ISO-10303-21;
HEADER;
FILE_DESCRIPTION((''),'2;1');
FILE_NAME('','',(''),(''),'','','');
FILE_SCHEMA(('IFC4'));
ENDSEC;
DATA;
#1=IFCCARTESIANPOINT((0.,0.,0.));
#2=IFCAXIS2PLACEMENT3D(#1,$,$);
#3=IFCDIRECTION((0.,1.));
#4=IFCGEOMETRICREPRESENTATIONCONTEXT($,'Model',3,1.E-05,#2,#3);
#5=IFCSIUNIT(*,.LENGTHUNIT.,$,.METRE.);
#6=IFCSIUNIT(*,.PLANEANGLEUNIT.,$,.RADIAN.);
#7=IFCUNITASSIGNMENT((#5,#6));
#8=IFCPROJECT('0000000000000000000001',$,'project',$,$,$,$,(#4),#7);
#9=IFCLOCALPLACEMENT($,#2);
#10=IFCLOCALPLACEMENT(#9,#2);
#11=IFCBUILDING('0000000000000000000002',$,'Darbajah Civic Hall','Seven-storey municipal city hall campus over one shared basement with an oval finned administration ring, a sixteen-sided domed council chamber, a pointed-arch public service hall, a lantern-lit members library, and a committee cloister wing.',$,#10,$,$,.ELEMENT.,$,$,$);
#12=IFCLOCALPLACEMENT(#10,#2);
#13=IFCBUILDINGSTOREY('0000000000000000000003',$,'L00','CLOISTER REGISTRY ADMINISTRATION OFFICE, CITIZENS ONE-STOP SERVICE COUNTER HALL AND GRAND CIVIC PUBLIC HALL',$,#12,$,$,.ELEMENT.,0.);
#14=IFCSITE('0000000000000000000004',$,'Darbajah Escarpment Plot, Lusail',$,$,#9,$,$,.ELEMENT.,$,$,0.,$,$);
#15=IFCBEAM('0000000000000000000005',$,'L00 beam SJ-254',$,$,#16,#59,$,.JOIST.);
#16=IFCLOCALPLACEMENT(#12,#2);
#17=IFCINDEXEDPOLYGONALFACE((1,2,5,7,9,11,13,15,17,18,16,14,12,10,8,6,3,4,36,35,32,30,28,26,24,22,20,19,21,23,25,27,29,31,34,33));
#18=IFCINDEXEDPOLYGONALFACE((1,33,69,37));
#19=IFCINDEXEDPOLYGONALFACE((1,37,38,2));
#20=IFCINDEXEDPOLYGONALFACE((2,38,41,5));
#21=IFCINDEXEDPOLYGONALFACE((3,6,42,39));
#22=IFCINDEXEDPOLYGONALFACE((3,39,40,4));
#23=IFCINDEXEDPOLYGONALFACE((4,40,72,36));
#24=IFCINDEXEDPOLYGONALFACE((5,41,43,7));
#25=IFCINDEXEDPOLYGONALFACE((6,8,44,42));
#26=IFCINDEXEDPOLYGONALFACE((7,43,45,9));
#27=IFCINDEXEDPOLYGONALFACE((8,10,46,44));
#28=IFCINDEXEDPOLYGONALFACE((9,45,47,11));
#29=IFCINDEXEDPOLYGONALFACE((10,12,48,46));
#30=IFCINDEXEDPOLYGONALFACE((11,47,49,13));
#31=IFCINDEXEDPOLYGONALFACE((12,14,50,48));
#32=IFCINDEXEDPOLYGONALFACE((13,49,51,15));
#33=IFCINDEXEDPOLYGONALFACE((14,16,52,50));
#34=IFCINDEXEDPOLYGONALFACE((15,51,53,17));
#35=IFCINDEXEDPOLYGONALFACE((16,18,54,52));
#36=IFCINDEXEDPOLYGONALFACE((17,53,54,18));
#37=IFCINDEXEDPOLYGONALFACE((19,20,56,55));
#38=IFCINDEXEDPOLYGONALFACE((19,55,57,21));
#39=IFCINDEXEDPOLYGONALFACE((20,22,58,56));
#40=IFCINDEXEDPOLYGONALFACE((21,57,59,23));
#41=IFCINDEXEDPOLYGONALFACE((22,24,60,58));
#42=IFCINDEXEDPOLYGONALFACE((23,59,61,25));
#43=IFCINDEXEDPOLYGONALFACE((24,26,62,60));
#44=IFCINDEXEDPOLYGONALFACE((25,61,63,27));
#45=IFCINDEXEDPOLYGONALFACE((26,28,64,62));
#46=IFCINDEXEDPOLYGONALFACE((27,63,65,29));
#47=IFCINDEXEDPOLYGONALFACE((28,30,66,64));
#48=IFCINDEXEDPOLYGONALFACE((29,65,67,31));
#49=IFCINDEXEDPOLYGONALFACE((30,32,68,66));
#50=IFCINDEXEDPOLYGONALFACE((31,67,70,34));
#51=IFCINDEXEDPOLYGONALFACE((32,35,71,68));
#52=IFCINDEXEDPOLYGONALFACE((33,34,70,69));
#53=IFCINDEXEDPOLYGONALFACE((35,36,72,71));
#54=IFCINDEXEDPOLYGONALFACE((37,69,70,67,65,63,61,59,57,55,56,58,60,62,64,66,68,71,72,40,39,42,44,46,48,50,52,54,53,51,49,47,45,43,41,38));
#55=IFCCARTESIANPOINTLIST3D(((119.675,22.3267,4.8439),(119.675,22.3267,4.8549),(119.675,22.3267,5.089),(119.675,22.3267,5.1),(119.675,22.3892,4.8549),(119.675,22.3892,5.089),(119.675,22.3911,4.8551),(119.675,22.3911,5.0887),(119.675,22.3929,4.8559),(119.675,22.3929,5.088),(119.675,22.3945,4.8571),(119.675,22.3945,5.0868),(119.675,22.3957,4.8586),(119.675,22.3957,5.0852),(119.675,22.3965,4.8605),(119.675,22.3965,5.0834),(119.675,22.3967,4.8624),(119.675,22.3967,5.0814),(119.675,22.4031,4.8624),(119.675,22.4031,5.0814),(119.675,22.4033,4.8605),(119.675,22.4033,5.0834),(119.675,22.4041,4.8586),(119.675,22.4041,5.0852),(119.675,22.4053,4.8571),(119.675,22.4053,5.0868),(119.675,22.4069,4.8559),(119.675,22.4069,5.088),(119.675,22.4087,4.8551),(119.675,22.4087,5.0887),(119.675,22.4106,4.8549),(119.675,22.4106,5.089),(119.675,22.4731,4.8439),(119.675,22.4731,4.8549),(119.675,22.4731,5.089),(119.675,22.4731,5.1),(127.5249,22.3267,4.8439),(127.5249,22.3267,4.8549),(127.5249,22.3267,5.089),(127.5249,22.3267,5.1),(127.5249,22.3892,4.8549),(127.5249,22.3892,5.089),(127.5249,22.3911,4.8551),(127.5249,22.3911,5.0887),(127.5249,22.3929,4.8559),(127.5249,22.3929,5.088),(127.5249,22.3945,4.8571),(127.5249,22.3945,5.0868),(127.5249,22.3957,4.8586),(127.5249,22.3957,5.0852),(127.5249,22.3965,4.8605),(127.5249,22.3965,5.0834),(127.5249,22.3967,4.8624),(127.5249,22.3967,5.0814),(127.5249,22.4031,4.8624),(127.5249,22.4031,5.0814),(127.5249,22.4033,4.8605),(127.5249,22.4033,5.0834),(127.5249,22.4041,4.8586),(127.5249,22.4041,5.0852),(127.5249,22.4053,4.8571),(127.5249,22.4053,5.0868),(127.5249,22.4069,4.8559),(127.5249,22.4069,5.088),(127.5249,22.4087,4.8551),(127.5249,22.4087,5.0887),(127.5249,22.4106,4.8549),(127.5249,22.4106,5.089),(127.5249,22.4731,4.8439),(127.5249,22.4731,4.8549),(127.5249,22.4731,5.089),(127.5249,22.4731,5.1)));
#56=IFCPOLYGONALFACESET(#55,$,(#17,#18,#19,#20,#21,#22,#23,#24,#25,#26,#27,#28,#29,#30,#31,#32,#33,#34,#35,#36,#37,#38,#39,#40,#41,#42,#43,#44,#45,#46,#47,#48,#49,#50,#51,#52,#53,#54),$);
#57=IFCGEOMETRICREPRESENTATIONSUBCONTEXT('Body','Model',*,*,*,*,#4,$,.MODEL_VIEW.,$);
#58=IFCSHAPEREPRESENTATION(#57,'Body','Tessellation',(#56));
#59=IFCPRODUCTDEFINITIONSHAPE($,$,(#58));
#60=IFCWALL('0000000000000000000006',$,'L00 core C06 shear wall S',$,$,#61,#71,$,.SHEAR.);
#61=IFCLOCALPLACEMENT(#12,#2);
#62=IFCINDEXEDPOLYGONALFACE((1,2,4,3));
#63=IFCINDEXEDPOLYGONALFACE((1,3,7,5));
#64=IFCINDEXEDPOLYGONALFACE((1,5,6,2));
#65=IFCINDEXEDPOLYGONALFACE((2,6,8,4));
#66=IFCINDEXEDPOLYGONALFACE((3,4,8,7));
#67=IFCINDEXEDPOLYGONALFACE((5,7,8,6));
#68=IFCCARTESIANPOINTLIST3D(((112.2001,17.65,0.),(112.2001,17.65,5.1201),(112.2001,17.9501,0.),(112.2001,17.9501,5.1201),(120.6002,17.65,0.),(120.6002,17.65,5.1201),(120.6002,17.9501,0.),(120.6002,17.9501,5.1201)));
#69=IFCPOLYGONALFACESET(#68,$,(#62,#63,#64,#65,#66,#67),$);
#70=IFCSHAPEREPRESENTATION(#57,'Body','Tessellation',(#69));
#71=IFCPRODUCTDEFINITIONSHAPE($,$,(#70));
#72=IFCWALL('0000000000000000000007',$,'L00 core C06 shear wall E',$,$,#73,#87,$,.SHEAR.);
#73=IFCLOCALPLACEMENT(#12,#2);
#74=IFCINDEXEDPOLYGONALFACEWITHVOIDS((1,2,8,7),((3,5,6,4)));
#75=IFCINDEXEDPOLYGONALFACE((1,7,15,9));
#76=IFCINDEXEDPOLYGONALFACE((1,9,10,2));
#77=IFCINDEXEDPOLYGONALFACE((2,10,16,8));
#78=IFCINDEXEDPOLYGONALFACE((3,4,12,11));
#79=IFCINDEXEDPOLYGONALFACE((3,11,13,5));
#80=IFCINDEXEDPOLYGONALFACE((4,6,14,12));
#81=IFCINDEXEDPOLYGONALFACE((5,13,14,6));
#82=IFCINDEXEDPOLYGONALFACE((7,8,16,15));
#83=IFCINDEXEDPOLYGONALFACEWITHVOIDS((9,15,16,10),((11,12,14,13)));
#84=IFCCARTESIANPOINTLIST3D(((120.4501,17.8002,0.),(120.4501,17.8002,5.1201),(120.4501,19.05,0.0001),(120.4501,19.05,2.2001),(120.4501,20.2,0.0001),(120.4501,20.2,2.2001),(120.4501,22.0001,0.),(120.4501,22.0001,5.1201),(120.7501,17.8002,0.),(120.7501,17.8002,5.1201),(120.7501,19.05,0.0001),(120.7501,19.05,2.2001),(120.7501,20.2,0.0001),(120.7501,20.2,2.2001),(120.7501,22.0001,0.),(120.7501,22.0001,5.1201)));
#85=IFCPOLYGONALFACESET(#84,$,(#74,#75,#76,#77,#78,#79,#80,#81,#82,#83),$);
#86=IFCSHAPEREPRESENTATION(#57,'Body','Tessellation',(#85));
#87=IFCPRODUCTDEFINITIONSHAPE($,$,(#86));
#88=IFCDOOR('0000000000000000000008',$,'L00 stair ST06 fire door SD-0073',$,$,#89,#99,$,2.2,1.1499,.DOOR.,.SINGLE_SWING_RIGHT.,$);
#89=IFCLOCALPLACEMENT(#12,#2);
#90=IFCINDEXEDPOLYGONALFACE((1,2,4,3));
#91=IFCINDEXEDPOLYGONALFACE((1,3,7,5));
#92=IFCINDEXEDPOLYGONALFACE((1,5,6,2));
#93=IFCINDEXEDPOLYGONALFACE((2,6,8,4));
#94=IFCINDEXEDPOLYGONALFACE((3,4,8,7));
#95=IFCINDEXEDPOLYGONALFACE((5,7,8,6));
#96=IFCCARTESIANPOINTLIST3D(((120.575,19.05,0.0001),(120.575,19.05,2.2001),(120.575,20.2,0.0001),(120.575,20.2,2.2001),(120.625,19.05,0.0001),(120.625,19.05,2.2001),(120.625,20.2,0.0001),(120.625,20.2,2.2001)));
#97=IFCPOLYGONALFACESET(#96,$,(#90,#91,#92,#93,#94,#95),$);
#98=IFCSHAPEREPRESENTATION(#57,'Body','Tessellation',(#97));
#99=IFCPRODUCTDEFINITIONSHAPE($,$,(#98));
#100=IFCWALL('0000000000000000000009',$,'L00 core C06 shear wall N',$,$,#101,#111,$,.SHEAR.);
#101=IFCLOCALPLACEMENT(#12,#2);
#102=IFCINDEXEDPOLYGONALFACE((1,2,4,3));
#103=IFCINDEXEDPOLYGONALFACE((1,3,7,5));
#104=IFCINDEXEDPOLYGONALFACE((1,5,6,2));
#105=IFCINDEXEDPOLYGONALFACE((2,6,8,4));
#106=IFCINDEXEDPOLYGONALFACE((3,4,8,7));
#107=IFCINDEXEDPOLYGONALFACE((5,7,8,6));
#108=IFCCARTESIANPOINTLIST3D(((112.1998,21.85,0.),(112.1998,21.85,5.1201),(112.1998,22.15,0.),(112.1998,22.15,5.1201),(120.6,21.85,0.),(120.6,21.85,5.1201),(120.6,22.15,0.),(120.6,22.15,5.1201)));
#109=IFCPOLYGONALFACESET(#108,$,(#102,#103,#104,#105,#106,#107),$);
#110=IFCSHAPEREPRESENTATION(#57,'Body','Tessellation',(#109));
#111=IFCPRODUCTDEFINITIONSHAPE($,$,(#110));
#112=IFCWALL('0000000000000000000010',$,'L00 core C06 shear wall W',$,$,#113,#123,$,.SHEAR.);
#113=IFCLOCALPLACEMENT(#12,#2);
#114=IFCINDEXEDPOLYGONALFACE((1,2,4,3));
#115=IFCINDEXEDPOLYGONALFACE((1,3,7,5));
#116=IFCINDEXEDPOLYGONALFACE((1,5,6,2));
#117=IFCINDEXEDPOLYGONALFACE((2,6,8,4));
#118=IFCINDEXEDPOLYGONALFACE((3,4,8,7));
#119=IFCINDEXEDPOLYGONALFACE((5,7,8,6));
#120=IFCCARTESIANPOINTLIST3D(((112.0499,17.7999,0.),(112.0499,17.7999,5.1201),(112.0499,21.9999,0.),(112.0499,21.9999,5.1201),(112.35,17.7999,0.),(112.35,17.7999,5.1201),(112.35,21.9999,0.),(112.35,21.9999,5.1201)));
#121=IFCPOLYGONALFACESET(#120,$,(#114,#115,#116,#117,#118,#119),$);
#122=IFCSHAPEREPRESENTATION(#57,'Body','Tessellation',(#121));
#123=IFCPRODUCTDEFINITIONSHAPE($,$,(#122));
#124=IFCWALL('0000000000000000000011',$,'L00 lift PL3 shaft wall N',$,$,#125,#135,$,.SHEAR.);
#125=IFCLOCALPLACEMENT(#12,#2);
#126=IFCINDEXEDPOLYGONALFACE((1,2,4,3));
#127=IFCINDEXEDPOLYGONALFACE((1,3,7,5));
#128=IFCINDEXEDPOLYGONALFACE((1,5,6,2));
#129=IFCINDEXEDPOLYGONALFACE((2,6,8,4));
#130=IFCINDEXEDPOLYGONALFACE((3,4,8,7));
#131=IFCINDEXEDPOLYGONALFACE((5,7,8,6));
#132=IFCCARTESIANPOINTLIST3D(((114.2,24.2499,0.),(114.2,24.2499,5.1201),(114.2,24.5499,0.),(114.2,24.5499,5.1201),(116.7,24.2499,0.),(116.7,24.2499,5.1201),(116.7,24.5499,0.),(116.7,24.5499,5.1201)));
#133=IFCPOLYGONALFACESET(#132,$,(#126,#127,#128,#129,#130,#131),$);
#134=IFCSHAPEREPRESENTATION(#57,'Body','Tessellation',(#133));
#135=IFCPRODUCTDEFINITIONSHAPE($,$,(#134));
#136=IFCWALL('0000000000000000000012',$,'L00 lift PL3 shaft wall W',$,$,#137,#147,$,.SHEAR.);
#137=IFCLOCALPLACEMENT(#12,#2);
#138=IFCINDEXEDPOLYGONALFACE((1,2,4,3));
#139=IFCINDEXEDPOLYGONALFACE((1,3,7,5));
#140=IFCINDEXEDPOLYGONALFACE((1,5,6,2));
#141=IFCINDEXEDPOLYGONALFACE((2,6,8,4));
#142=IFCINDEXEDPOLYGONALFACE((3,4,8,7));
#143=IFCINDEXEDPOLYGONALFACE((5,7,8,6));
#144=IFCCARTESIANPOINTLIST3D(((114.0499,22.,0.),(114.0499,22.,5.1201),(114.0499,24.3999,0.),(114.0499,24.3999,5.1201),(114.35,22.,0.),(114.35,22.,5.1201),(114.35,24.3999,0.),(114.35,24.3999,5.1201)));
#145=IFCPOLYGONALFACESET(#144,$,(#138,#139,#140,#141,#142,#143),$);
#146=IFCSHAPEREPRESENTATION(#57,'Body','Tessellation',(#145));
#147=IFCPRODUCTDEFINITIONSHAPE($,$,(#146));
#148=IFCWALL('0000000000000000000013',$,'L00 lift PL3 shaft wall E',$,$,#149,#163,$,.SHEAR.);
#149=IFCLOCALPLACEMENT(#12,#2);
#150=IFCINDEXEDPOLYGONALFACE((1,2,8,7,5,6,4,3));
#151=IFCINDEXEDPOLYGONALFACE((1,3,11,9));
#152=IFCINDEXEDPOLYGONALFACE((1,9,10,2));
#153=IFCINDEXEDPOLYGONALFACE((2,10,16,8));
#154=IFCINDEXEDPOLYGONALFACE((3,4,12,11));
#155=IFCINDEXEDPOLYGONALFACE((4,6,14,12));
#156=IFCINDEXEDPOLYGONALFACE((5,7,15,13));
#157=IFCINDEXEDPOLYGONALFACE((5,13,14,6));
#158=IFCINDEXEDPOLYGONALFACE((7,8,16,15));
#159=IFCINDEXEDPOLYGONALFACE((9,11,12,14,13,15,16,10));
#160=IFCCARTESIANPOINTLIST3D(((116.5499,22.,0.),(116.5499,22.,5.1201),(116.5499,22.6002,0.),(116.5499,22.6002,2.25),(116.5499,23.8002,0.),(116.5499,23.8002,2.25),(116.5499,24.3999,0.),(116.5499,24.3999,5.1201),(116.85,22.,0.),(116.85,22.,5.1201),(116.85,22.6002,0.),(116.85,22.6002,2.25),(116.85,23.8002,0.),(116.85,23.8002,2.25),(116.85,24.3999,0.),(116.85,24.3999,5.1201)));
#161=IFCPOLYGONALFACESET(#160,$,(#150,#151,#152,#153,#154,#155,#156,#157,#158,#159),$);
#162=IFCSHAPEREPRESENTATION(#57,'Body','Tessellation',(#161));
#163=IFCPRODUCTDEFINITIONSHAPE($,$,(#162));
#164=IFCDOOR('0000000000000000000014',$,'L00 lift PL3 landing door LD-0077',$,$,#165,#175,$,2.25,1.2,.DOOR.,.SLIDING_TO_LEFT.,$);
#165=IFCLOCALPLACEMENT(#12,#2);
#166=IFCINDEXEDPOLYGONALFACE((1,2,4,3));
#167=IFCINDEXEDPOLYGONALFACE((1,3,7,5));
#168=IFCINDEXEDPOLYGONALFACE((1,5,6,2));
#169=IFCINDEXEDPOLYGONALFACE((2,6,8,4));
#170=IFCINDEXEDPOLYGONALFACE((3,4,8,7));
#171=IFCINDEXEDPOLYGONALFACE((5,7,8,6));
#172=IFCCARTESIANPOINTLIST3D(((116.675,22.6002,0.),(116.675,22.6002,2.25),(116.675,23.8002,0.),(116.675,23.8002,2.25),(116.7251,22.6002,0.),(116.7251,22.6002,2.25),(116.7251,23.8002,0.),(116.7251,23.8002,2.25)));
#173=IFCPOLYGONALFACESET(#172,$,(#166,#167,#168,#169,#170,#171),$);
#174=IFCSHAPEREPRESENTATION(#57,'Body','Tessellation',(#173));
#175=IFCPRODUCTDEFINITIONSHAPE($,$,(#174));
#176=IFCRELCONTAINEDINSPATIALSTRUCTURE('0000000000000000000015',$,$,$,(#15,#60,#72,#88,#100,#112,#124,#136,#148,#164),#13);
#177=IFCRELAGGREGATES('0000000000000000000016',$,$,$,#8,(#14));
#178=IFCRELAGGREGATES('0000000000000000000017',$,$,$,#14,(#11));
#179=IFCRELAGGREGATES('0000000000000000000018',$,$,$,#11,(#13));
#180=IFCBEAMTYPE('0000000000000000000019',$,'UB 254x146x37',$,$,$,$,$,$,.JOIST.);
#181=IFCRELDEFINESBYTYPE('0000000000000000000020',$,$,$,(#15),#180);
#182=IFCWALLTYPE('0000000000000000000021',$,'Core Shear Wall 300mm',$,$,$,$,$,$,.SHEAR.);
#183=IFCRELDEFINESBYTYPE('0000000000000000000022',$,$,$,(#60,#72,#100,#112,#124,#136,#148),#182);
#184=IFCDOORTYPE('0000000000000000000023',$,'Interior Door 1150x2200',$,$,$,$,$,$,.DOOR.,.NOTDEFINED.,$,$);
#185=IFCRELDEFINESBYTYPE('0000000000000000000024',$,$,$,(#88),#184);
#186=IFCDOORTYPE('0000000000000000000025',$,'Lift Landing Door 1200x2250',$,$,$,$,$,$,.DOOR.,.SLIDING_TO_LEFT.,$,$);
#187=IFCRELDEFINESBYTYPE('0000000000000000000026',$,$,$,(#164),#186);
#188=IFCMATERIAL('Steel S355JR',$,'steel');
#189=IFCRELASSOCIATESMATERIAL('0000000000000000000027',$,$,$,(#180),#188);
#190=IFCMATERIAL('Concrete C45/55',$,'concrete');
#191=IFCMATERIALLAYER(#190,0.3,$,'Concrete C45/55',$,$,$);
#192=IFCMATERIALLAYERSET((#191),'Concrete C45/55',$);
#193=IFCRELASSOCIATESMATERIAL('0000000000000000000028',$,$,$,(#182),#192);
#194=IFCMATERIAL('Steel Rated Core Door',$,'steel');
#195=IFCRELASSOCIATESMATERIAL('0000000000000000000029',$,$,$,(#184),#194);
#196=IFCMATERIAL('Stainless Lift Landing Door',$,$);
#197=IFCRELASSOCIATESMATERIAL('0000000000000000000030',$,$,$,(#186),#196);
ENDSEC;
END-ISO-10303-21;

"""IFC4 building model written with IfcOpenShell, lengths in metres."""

from ifc_helpers import new_model, si_unit, direction, frame, frame_2d, origin, origin_2d, place, context, subcontext, project, spatial, rectangle, i_section, extrude, material, layer, layer_set, material_profile, profile_set, type_object, element, fill, save


model = new_model("IFC4")

# Units and contexts
model_context = context("Model", 3, precision=1e-05, world=origin(), true_north=direction((0.0, 1.0)))
body_context = subcontext(model_context, "Body", "Model", "MODEL_VIEW")
ifc_project = project(units=[si_unit("LENGTHUNIT", "METRE"), si_unit("PLANEANGLEUNIT", "RADIAN")], contexts=[model_context])

# Site, building, storey
site_placement = place(None, origin())
site = spatial("IfcSite", under=ifc_project, at=site_placement, Name="Darbajah Escarpment Plot, Lusail", CompositionType="ELEMENT", RefElevation=0.0)
building_placement = place(site_placement, origin())
building = spatial("IfcBuilding", under=site, at=building_placement, Name="Darbajah Civic Hall", Description="Seven-storey municipal city hall campus over one shared basement with an oval finned administration ring, a sixteen-sided domed council chamber, a pointed-arch public service hall, a lantern-lit members library, and a committee cloister wing.", CompositionType="ELEMENT")
storey_placement = place(building_placement, origin())
storey = spatial("IfcBuildingStorey", under=building, at=storey_placement, Name="L00", Description="CLOISTER REGISTRY ADMINISTRATION OFFICE, CITIZENS ONE-STOP SERVICE COUNTER HALL AND GRAND CIVIC PUBLIC HALL", CompositionType="ELEMENT", Elevation=0.0)

# Beam
ifc_material_1 = material(Name="Concrete C45/55", Category="concrete")
ifc_material_2 = material(Name="Steel S355JR", Category="steel")
ifc_material_profile_1 = material_profile(ifc_material_2, i_section(OverallWidth=0.1465, OverallDepth=0.2561, WebThickness=0.0063, FlangeThickness=0.011, FilletRadius=0.0076, at=origin_2d()), Name="UB 254x146x37")
ifc_profile_set_1 = profile_set([ifc_material_profile_1], Name="Steel S355JR")
beam_type_1 = type_object("IfcBeamType", Name="UB 254x146x37", PredefinedType="JOIST", material=ifc_profile_set_1)
beam_1_placement = place(storey_placement, frame((119.675, 22.3999, 4.9719), z_axis=(1.0, 0.0, 0.0), x_axis=(0.0, 1.0, 0.0)))
element("IfcBeam", 1, at=beam_1_placement, inside=storey, type_object=beam_type_1, Name="L00 beam SJ-254", PredefinedType="JOIST", context=body_context, shape_type="SweptSolid", body=[
    extrude(i_section(OverallWidth=0.1465, OverallDepth=0.2561, WebThickness=0.0063, FlangeThickness=0.011, FilletRadius=0.0076, at=origin_2d()), origin(), (0.0, 0.0, 1.0), 7.8499),
])

# Wall
ifc_layer = layer(ifc_material_1, 0.3, Name="Concrete C45/55")
ifc_layer_set = layer_set([ifc_layer], Name="Concrete C45/55")
wall_type = type_object("IfcWallType", Name="Core Shear Wall 300mm", PredefinedType="SHEAR", material=ifc_layer_set)
wall_1_placement = place(storey_placement, frame((112.2, 17.8, 0.0), z_axis=(0.0, 0.0, 1.0), x_axis=(1.0, 0.0, 0.0)))
element("IfcWall", 2, at=wall_1_placement, inside=storey, type_object=wall_type, Name="L00 core C06 shear wall S", PredefinedType="SHEAR", context=body_context, shape_type="SweptSolid", body=[
    extrude(rectangle(XDim=8.4001, YDim=0.3, at=frame_2d((4.2002, 0.0))), origin(), (0.0, 0.0, 1.0), 5.1201),
])

# Wall, opening, door
wall_2_placement = place(storey_placement, frame((120.6001, 17.8, 0.0), z_axis=(0.0, 0.0, 1.0), x_axis=(0.0, 1.0, 0.0)))
wall_2 = element("IfcWall", 3, at=wall_2_placement, inside=storey, type_object=wall_type, Name="L00 core C06 shear wall E", PredefinedType="SHEAR", context=body_context, shape_type="SweptSolid", body=[
    extrude(rectangle(XDim=4.2, YDim=0.3, at=frame_2d((2.1001, 0.0))), origin(), (0.0, 0.0, 1.0), 5.1201),
])
opening_1_placement = place(wall_2_placement, frame((1.25, 0.0, 0.0)))
opening_1 = element("IfcOpeningElement", 4, at=opening_1_placement, cuts=wall_2, PredefinedType="OPENING", context=body_context, shape_type="SweptSolid", body=[
    extrude(rectangle(XDim=1.1499, YDim=2.2, at=frame_2d((0.575, 1.1001))), frame((0.0, 0.1599, 0.0), z_axis=(0.0, -1.0, 0.0), x_axis=(1.0, 0.0, 0.0)), (0.0, 0.0, 1.0), 0.3201),
])
ifc_material_3 = material(Name="Steel Rated Core Door", Category="steel")
door_type_1 = type_object("IfcDoorType", Name="Interior Door 1150x2200", OperationType="NOTDEFINED", PredefinedType="DOOR", material=ifc_material_3)
door_1_placement = place(opening_1_placement, frame((1.1499, 0.0, 0.0), z_axis=(0.0, 0.0, 1.0), x_axis=(-1.0, 0.0, 0.0)))
door_1 = element("IfcDoor", 5, at=door_1_placement, inside=storey, type_object=door_type_1, Name="L00 stair ST06 fire door SD-0073", OperationType="SINGLE_SWING_RIGHT", OverallHeight=2.2, OverallWidth=1.1499, PredefinedType="DOOR", context=body_context, shape_type="SweptSolid", body=[
    extrude(rectangle(XDim=1.1499, YDim=2.2, at=frame_2d((0.575, 1.1001))), frame((0.0, 0.0249, 0.0), z_axis=(0.0, -1.0, 0.0), x_axis=(1.0, 0.0, 0.0)), (0.0, 0.0, 1.0), 0.05),
])
fill(opening_1, door_1)

# Walls
wall_3_placement = place(storey_placement, frame((120.6001, 22.0, 0.0), z_axis=(0.0, 0.0, 1.0), x_axis=(-1.0, 0.0, 0.0)))
element("IfcWall", 6, at=wall_3_placement, inside=storey, type_object=wall_type, Name="L00 core C06 shear wall N", PredefinedType="SHEAR", context=body_context, shape_type="SweptSolid", body=[
    extrude(rectangle(XDim=8.4001, YDim=0.3, at=frame_2d((4.2002, 0.0))), origin(), (0.0, 0.0, 1.0), 5.1201),
])
wall_4_placement = place(storey_placement, frame((112.2, 22.0, 0.0), z_axis=(0.0, 0.0, 1.0), x_axis=(0.0, -1.0, 0.0)))
element("IfcWall", 7, at=wall_4_placement, inside=storey, type_object=wall_type, Name="L00 core C06 shear wall W", PredefinedType="SHEAR", context=body_context, shape_type="SweptSolid", body=[
    extrude(rectangle(XDim=4.2, YDim=0.3, at=frame_2d((2.1001, 0.0))), origin(), (0.0, 0.0, 1.0), 5.1201),
])
wall_5_placement = place(storey_placement, frame((116.7, 24.3999, 0.0), z_axis=(0.0, 0.0, 1.0), x_axis=(-1.0, 0.0, 0.0)))
element("IfcWall", 8, at=wall_5_placement, inside=storey, type_object=wall_type, Name="L00 lift PL3 shaft wall N", PredefinedType="SHEAR", context=body_context, shape_type="SweptSolid", body=[
    extrude(rectangle(XDim=2.5, YDim=0.3, at=frame_2d((1.25, 0.0))), origin(), (0.0, 0.0, 1.0), 5.1201),
])
wall_6_placement = place(storey_placement, frame((114.2, 24.3999, 0.0), z_axis=(0.0, 0.0, 1.0), x_axis=(0.0, -1.0, 0.0)))
element("IfcWall", 9, at=wall_6_placement, inside=storey, type_object=wall_type, Name="L00 lift PL3 shaft wall W", PredefinedType="SHEAR", context=body_context, shape_type="SweptSolid", body=[
    extrude(rectangle(XDim=2.3999, YDim=0.3, at=frame_2d((1.2, 0.0))), origin(), (0.0, 0.0, 1.0), 5.1201),
])

# Wall, opening, door
wall_7_placement = place(storey_placement, frame((116.7, 22.0, 0.0), z_axis=(0.0, 0.0, 1.0), x_axis=(0.0, 1.0, 0.0)))
wall_7 = element("IfcWall", 10, at=wall_7_placement, inside=storey, type_object=wall_type, Name="L00 lift PL3 shaft wall E", PredefinedType="SHEAR", context=body_context, shape_type="SweptSolid", body=[
    extrude(rectangle(XDim=2.3999, YDim=0.3, at=frame_2d((1.2, 0.0))), origin(), (0.0, 0.0, 1.0), 5.1201),
])
opening_2_placement = place(wall_7_placement, frame((0.6001, 0.0, 0.0)))
opening_2 = element("IfcOpeningElement", 11, at=opening_2_placement, cuts=wall_7, PredefinedType="OPENING", context=body_context, shape_type="SweptSolid", body=[
    extrude(rectangle(XDim=1.2, YDim=2.25, at=frame_2d((0.6001, 1.125))), frame((0.0, 0.1599, 0.0), z_axis=(0.0, -1.0, 0.0), x_axis=(1.0, 0.0, 0.0)), (0.0, 0.0, 1.0), 0.3201),
])
ifc_material_4 = material(Name="Stainless Lift Landing Door")
door_type_2 = type_object("IfcDoorType", Name="Lift Landing Door 1200x2250", OperationType="SLIDING_TO_LEFT", PredefinedType="DOOR", material=ifc_material_4)
door_2_placement = place(opening_2_placement, origin())
door_2 = element("IfcDoor", 12, at=door_2_placement, inside=storey, type_object=door_type_2, Name="L00 lift PL3 landing door LD-0077", OperationType="SLIDING_TO_LEFT", OverallHeight=2.25, OverallWidth=1.2, PredefinedType="DOOR", context=body_context, shape_type="SweptSolid", body=[
    extrude(rectangle(XDim=1.2, YDim=2.25, at=frame_2d((0.6001, 1.125))), frame((0.0, 0.0249, 0.0), z_axis=(0.0, -1.0, 0.0), x_axis=(1.0, 0.0, 0.0)), (0.0, 0.0, 1.0), 0.05),
])
fill(opening_2, door_2)

save(model, "model.ifc")
